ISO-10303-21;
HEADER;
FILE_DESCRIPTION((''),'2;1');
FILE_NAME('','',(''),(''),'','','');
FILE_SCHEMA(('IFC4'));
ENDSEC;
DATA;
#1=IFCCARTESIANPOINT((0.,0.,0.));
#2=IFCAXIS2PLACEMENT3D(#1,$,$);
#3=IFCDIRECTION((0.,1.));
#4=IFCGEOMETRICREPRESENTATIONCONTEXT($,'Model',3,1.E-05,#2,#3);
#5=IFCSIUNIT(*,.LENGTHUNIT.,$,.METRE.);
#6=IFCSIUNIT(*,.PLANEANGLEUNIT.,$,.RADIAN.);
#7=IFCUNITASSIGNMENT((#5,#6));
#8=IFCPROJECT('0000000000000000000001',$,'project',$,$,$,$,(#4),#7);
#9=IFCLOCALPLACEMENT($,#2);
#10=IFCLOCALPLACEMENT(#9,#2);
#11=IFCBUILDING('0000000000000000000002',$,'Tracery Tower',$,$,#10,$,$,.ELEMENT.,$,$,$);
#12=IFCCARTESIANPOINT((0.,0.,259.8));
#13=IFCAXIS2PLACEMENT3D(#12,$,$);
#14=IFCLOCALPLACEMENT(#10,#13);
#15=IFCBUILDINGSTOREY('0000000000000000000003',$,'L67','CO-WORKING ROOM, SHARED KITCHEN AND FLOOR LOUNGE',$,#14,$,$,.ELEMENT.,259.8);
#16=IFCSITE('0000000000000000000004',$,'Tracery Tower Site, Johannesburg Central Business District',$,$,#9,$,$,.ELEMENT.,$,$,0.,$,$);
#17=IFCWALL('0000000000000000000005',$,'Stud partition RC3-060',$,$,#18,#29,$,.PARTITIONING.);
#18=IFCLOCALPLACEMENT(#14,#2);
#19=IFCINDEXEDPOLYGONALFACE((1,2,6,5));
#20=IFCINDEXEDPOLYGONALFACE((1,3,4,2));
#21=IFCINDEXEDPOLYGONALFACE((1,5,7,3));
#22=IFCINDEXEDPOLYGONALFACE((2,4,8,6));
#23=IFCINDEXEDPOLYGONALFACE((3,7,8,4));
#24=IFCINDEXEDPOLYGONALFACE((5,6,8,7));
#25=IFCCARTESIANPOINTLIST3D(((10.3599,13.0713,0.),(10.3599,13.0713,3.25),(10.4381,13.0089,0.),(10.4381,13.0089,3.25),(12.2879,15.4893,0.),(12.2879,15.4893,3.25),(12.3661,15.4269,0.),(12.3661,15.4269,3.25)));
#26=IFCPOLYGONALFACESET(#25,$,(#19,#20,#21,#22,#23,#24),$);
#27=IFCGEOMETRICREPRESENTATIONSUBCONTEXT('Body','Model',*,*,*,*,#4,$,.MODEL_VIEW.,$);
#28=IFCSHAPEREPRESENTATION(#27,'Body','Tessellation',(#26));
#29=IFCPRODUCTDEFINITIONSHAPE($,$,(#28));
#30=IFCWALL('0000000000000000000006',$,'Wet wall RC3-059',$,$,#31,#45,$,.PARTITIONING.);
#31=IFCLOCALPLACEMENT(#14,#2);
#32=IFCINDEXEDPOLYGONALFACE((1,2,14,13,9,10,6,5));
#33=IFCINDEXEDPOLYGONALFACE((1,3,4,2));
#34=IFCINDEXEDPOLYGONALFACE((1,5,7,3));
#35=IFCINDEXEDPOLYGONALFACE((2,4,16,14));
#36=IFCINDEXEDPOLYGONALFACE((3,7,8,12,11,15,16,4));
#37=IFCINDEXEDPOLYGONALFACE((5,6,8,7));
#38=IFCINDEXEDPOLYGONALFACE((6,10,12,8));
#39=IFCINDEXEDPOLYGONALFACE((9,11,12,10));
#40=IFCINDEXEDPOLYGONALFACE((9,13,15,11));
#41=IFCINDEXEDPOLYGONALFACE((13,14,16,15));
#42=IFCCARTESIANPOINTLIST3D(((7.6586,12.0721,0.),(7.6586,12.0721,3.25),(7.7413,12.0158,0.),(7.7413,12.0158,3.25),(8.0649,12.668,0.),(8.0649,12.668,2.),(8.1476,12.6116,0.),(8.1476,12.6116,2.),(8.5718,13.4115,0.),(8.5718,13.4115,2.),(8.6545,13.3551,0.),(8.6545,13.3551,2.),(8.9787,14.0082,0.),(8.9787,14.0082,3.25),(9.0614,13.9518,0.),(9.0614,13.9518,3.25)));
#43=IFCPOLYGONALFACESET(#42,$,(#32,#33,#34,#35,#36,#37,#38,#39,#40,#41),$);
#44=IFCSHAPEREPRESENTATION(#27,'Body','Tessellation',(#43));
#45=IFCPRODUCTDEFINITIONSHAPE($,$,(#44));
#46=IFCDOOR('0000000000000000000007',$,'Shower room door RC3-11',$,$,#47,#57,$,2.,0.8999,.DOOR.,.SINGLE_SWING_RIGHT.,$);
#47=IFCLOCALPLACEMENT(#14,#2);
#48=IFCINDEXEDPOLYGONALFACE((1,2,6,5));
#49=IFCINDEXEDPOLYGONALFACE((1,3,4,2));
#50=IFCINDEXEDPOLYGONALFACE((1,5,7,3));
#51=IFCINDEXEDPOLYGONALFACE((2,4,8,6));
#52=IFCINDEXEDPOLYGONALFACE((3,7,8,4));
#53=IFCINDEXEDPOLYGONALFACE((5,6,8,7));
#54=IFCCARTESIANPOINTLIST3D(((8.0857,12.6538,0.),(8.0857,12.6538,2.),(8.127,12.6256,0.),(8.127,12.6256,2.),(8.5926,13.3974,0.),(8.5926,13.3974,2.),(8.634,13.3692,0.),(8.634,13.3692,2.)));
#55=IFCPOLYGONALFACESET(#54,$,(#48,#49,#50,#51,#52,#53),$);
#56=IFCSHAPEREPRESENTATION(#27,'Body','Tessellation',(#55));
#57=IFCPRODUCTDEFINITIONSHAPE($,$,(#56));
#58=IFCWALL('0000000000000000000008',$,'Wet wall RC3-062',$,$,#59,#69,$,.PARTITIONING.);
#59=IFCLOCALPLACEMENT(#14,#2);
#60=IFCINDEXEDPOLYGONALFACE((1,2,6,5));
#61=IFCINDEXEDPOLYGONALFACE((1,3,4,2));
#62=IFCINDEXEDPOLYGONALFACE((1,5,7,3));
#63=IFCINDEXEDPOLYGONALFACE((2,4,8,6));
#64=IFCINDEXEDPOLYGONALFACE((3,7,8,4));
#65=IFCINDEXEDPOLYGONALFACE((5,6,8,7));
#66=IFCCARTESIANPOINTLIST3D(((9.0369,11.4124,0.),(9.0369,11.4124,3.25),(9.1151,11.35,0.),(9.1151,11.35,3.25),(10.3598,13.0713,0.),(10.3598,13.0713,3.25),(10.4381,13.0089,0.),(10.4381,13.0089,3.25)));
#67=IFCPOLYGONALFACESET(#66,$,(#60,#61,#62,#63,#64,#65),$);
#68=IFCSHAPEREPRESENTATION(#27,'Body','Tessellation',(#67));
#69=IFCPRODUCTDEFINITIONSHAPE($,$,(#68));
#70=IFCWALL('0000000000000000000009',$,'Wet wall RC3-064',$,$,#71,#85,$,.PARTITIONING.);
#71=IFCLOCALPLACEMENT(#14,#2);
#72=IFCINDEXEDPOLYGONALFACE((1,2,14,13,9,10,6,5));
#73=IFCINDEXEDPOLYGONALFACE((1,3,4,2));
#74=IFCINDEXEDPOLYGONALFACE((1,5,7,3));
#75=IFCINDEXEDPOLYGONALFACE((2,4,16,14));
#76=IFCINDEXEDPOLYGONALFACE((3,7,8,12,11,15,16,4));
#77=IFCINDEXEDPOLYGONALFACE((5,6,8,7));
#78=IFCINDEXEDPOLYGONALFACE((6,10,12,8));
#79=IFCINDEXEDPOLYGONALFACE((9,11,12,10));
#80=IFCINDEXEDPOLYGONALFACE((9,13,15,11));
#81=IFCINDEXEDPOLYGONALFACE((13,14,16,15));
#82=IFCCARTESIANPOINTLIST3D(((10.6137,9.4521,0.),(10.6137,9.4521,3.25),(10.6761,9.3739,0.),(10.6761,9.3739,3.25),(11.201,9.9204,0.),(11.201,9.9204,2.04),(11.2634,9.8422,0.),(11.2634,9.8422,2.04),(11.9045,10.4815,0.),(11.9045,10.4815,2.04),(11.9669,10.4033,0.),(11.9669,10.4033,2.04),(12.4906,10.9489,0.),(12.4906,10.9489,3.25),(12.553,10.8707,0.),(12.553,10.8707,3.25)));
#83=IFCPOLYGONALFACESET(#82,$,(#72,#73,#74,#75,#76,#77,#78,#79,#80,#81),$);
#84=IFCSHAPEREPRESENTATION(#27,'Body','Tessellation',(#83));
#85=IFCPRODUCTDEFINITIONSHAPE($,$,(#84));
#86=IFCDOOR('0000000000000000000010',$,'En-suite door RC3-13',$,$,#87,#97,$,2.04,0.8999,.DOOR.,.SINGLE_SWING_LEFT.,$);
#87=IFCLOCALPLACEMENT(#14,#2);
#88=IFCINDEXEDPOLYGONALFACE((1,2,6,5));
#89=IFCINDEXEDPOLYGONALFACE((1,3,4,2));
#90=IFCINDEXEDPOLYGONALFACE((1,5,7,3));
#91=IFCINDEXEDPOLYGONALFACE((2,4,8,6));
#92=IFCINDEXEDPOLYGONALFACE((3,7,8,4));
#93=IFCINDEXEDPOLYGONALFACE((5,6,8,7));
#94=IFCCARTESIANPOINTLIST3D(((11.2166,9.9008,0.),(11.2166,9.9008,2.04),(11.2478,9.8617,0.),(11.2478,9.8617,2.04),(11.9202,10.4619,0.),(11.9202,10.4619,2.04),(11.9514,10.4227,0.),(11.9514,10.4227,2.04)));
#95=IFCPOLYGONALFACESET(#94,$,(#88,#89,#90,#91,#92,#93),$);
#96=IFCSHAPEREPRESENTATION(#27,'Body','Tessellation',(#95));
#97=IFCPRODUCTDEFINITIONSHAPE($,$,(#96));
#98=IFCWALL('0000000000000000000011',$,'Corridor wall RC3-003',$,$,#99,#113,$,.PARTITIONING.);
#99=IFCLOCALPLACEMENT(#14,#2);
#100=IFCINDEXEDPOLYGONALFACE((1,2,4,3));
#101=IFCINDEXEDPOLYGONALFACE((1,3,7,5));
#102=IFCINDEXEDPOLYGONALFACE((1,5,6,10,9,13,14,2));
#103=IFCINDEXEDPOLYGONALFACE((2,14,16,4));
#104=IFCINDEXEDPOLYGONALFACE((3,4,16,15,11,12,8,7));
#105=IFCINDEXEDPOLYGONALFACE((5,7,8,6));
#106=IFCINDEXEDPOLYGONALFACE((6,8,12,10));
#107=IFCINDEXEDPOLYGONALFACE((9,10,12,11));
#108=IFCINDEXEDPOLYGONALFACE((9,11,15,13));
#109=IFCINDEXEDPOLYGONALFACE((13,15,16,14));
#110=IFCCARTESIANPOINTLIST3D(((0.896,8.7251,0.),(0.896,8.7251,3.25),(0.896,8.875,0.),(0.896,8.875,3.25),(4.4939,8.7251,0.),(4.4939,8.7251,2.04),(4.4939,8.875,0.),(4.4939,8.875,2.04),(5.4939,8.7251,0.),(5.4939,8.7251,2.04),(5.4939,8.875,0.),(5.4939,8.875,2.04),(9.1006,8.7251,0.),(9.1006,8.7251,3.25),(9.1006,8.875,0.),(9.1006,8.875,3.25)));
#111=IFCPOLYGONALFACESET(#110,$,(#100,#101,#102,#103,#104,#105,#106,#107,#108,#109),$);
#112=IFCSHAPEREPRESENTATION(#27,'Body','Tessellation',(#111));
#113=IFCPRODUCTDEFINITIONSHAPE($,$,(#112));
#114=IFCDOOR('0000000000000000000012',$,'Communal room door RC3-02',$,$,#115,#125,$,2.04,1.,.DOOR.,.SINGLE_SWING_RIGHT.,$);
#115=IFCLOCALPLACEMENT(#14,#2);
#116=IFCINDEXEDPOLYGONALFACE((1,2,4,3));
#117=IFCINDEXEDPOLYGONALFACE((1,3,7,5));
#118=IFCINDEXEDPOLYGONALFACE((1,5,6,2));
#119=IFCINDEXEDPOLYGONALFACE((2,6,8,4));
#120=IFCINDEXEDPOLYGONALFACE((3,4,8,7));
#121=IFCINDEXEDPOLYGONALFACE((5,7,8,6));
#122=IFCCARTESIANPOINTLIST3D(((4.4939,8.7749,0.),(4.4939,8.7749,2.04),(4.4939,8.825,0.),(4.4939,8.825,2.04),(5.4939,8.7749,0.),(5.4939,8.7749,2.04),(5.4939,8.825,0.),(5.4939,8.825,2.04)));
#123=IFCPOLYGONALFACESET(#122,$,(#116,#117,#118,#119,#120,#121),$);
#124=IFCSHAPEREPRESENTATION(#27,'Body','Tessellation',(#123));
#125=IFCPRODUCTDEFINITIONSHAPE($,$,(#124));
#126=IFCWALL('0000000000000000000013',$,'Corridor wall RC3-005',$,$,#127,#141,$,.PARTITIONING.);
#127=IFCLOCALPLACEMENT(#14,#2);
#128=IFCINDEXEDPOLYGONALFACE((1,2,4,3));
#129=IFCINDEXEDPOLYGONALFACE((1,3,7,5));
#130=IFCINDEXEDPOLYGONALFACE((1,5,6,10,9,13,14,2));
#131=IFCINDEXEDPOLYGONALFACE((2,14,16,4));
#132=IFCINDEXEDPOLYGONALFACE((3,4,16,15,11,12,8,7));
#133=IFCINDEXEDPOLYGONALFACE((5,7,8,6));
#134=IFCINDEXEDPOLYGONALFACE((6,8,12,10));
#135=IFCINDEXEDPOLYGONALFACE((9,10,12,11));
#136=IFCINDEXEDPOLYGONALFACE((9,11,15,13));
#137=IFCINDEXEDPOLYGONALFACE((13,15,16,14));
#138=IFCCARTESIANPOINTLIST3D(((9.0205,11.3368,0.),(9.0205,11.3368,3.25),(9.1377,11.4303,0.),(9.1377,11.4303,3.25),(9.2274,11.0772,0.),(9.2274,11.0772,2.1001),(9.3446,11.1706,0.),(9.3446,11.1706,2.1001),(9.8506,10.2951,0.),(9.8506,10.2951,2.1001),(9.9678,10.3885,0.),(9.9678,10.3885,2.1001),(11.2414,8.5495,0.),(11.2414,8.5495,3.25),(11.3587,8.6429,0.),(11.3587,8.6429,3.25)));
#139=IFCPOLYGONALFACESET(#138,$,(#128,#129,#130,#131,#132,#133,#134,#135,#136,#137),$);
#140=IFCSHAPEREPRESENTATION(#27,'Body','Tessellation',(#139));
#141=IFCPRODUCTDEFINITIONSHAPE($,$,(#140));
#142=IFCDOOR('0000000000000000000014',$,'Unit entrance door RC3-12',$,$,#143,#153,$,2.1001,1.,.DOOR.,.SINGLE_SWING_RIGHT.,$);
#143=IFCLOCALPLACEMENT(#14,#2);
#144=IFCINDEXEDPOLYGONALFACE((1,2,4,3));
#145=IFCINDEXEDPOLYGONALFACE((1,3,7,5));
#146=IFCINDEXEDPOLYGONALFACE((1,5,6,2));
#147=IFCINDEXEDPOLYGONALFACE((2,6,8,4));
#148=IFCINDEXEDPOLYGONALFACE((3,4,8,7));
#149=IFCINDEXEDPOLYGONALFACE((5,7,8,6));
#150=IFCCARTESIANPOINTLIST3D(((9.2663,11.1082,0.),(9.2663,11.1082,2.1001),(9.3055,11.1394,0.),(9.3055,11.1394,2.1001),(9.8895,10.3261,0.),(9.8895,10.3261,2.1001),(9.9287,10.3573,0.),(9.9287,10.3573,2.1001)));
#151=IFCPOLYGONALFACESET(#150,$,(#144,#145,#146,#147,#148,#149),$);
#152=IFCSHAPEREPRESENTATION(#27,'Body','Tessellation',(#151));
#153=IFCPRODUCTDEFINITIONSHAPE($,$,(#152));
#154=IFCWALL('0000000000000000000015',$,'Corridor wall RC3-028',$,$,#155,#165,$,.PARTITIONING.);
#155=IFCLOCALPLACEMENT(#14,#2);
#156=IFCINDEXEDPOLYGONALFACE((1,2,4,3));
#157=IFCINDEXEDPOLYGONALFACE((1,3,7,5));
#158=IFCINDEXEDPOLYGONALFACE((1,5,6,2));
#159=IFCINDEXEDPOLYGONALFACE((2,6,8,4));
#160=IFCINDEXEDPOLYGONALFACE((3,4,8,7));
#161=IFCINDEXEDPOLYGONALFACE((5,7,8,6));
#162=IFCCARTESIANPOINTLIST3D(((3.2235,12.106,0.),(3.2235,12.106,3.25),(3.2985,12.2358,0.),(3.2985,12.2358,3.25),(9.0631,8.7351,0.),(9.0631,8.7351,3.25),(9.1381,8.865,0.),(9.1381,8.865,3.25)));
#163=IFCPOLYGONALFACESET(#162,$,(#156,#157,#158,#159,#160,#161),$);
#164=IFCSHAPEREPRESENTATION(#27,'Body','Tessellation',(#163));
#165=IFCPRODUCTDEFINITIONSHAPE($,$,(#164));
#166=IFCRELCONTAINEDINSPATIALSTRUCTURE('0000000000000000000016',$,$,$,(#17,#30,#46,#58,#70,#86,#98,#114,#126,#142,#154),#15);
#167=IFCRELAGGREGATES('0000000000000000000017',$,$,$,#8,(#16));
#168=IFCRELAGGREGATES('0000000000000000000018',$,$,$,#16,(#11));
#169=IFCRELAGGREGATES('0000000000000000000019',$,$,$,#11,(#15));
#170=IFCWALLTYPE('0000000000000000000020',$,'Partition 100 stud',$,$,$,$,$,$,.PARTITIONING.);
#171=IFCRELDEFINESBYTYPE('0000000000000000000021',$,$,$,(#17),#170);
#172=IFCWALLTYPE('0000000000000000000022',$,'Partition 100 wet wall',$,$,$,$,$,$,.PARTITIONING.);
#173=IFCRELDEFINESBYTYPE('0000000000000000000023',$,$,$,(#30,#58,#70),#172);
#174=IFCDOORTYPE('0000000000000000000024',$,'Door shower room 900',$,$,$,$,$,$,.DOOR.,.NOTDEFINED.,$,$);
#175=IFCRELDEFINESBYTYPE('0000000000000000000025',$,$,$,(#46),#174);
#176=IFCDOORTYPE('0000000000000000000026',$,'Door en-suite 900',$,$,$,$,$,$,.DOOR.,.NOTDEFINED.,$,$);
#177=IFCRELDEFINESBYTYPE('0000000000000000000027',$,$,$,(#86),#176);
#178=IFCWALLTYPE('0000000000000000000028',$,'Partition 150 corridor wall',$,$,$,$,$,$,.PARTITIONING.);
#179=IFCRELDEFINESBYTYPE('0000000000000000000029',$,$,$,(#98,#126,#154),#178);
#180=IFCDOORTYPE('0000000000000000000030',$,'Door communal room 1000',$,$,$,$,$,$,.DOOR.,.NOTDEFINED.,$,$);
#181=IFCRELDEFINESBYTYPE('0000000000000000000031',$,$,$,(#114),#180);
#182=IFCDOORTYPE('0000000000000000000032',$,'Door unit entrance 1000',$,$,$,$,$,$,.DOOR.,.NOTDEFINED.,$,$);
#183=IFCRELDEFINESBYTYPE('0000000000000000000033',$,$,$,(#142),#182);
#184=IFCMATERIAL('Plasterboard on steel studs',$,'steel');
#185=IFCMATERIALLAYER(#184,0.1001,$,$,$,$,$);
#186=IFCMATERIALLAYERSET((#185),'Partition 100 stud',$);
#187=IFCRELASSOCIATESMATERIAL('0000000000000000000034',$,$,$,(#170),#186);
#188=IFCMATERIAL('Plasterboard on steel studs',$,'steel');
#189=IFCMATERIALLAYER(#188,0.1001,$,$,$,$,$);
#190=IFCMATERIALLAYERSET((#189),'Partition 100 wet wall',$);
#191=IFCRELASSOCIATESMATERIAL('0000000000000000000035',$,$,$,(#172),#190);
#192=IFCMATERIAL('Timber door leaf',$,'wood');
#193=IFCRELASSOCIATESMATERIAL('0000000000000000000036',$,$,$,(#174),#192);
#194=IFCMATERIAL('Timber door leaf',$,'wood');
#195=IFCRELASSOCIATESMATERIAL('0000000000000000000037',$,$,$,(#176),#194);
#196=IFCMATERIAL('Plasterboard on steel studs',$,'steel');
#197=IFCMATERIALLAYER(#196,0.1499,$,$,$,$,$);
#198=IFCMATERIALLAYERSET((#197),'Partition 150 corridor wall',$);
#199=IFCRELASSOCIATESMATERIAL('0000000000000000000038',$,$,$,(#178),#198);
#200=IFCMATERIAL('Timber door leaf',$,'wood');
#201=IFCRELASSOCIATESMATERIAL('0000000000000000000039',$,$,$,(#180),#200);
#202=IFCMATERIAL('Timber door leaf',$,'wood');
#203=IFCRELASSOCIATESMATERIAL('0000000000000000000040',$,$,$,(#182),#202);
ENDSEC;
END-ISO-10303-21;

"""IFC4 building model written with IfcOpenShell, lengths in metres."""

from ifc_helpers import new_model, si_unit, direction, frame, frame_2d, origin, place, context, subcontext, project, spatial, rectangle, extrude, material, layer, layer_set, type_object, element, fill, save


model = new_model("IFC4")

# Units and contexts
model_context = context("Model", 3, precision=1e-05, world=origin(), true_north=direction((0.0, 1.0)))
body_context = subcontext(model_context, "Body", "Model", "MODEL_VIEW")
ifc_project = project(units=[si_unit("LENGTHUNIT", "METRE"), si_unit("PLANEANGLEUNIT", "RADIAN")], contexts=[model_context])

# Site, building, storey
site_placement = place(None, origin())
site = spatial("IfcSite", under=ifc_project, at=site_placement, Name="Tracery Tower Site, Johannesburg Central Business District", CompositionType="ELEMENT", RefElevation=0.0)
building_placement = place(site_placement, origin())
building = spatial("IfcBuilding", under=site, at=building_placement, Name="Tracery Tower", CompositionType="ELEMENT")
storey_placement = place(building_placement, frame((0.0, 0.0, 259.8)))
storey = spatial("IfcBuildingStorey", under=building, at=storey_placement, Name="L67", Description="CO-WORKING ROOM, SHARED KITCHEN AND FLOOR LOUNGE", CompositionType="ELEMENT", Elevation=259.8)

# Wall
ifc_material_1 = material(Name="Plasterboard on steel studs", Category="steel")
ifc_layer_1 = layer(ifc_material_1, 0.1001)
ifc_layer_set_1 = layer_set([ifc_layer_1], Name="Partition 100 stud")
wall_type_1 = type_object("IfcWallType", Name="Partition 100 stud", PredefinedType="PARTITIONING", material=ifc_layer_set_1)
wall_1_placement = place(storey_placement, frame((10.3989, 13.04, 0.0), z_axis=(0.0, 0.0, 1.0), x_axis=(0.623433, 0.781877, 0.0)))
element("IfcWall", 1, at=wall_1_placement, inside=storey, type_object=wall_type_1, Name="Stud partition RC3-060", PredefinedType="PARTITIONING", context=body_context, shape_type="SweptSolid", body=[
    extrude(rectangle(XDim=3.0925, YDim=0.1001, at=frame_2d((1.5464, 0.0))), origin(), (0.0, 0.0, 1.0), 3.25),
])

# Wall, opening, door
ifc_material_2 = material(Name="Plasterboard on steel studs", Category="steel")
ifc_layer_2 = layer(ifc_material_2, 0.1001)
ifc_layer_set_2 = layer_set([ifc_layer_2], Name="Partition 100 wet wall")
wall_type_2 = type_object("IfcWallType", Name="Partition 100 wet wall", PredefinedType="PARTITIONING", material=ifc_layer_set_2)
wall_2_placement = place(storey_placement, frame((7.7, 12.0439, 0.0), z_axis=(0.0, 0.0, 1.0), x_axis=(0.56335, 0.826219, 0.0)))
wall_2 = element("IfcWall", 2, at=wall_2_placement, inside=storey, type_object=wall_type_2, Name="Wet wall RC3-059", PredefinedType="PARTITIONING", context=body_context, shape_type="SweptSolid", body=[
    extrude(rectangle(XDim=2.3433, YDim=0.1001, at=frame_2d((1.1716, 0.0))), origin(), (0.0, 0.0, 1.0), 3.25),
])
opening_1_placement = place(wall_2_placement, frame((0.7212, 0.0, 0.0)))
opening_1 = element("IfcOpeningElement", 3, at=opening_1_placement, cuts=wall_2, PredefinedType="OPENING", context=body_context, shape_type="SweptSolid", body=[
    extrude(rectangle(XDim=0.8999, YDim=2.0, at=frame_2d((0.45, 1.0))), frame((0.0, 0.05, 0.0), z_axis=(0.0, -1.0, 0.0), x_axis=(1.0, 0.0, 0.0)), (0.0, 0.0, 1.0), 0.1001),
])
ifc_material_3 = material(Name="Timber door leaf", Category="wood")
door_type_1 = type_object("IfcDoorType", Name="Door shower room 900", OperationType="NOTDEFINED", PredefinedType="DOOR", material=ifc_material_3)
door_1_placement = place(opening_1_placement, origin())
door_1 = element("IfcDoor", 4, at=door_1_placement, inside=storey, type_object=door_type_1, Name="Shower room door RC3-11", OperationType="SINGLE_SWING_RIGHT", OverallHeight=2.0, OverallWidth=0.8999, PredefinedType="DOOR", context=body_context, shape_type="SweptSolid", body=[
    extrude(rectangle(XDim=0.8999, YDim=2.0, at=frame_2d((0.45, 1.0))), frame((0.0, 0.0249, 0.0), z_axis=(0.0, -1.0, 0.0), x_axis=(1.0, 0.0, 0.0)), (0.0, 0.0, 1.0), 0.05),
])
fill(opening_1, door_1)

# Wall
wall_3_placement = place(storey_placement, frame((9.0759, 11.3811, 0.0), z_axis=(0.0, 0.0, 1.0), x_axis=(0.623502, 0.781822, 0.0)))
element("IfcWall", 5, at=wall_3_placement, inside=storey, type_object=wall_type_2, Name="Wet wall RC3-062", PredefinedType="PARTITIONING", context=body_context, shape_type="SweptSolid", body=[
    extrude(rectangle(XDim=2.1218, YDim=0.1001, at=frame_2d((1.061, 0.0))), origin(), (0.0, 0.0, 1.0), 3.25),
])

# Walls, openings, doors
wall_4_placement = place(storey_placement, frame((10.645, 9.4131, 0.0), z_axis=(0.0, 0.0, 1.0), x_axis=(0.78183, 0.623491, 0.0)))
wall_4 = element("IfcWall", 6, at=wall_4_placement, inside=storey, type_object=wall_type_2, Name="Wet wall RC3-064", PredefinedType="PARTITIONING", context=body_context, shape_type="SweptSolid", body=[
    extrude(rectangle(XDim=2.4006, YDim=0.1001, at=frame_2d((1.2002, 0.0))), origin(), (0.0, 0.0, 1.0), 3.25),
])
opening_2_placement = place(wall_4_placement, frame((0.751, 0.0, 0.0)))
opening_2 = element("IfcOpeningElement", 7, at=opening_2_placement, cuts=wall_4, PredefinedType="OPENING", context=body_context, shape_type="SweptSolid", body=[
    extrude(rectangle(XDim=0.8999, YDim=2.04, at=frame_2d((0.45, 1.02))), frame((0.0, 0.05, 0.0), z_axis=(0.0, -1.0, 0.0), x_axis=(1.0, 0.0, 0.0)), (0.0, 0.0, 1.0), 0.1001),
])
ifc_material_4 = material(Name="Timber door leaf", Category="wood")
door_type_2 = type_object("IfcDoorType", Name="Door en-suite 900", OperationType="NOTDEFINED", PredefinedType="DOOR", material=ifc_material_4)
door_2_placement = place(opening_2_placement, origin())
door_2 = element("IfcDoor", 8, at=door_2_placement, inside=storey, type_object=door_type_2, Name="En-suite door RC3-13", OperationType="SINGLE_SWING_LEFT", OverallHeight=2.04, OverallWidth=0.8999, PredefinedType="DOOR", context=body_context, shape_type="SweptSolid", body=[
    extrude(rectangle(XDim=0.8999, YDim=2.04, at=frame_2d((0.45, 1.02))), frame((0.0, 0.0249, 0.0), z_axis=(0.0, -1.0, 0.0), x_axis=(1.0, 0.0, 0.0)), (0.0, 0.0, 1.0), 0.05),
])
fill(opening_2, door_2)
ifc_material_5 = material(Name="Plasterboard on steel studs", Category="steel")
ifc_layer_3 = layer(ifc_material_5, 0.1499)
ifc_layer_set_3 = layer_set([ifc_layer_3], Name="Partition 150 corridor wall")
wall_type_3 = type_object("IfcWallType", Name="Partition 150 corridor wall", PredefinedType="PARTITIONING", material=ifc_layer_set_3)
wall_5_placement = place(storey_placement, frame((0.896, 8.8, 0.0), z_axis=(0.0, 0.0, 1.0), x_axis=(1.0, 0.0, 0.0)))
wall_5 = element("IfcWall", 9, at=wall_5_placement, inside=storey, type_object=wall_type_3, Name="Corridor wall RC3-003", PredefinedType="PARTITIONING", context=body_context, shape_type="SweptSolid", body=[
    extrude(rectangle(XDim=8.2046, YDim=0.1499, at=frame_2d((4.1023, 0.0))), origin(), (0.0, 0.0, 1.0), 3.25),
])
opening_3_placement = place(wall_5_placement, frame((3.5979, 0.0, 0.0)))
opening_3 = element("IfcOpeningElement", 10, at=opening_3_placement, cuts=wall_5, PredefinedType="OPENING", context=body_context, shape_type="SweptSolid", body=[
    extrude(rectangle(XDim=1.0, YDim=2.04, at=frame_2d((0.5, 1.02))), frame((0.0, 0.075, 0.0), z_axis=(0.0, -1.0, 0.0), x_axis=(1.0, 0.0, 0.0)), (0.0, 0.0, 1.0), 0.1499),
])
ifc_material_6 = material(Name="Timber door leaf", Category="wood")
door_type_3 = type_object("IfcDoorType", Name="Door communal room 1000", OperationType="NOTDEFINED", PredefinedType="DOOR", material=ifc_material_6)
door_3_placement = place(opening_3_placement, origin())
door_3 = element("IfcDoor", 11, at=door_3_placement, inside=storey, type_object=door_type_3, Name="Communal room door RC3-02", OperationType="SINGLE_SWING_RIGHT", OverallHeight=2.04, OverallWidth=1.0, PredefinedType="DOOR", context=body_context, shape_type="SweptSolid", body=[
    extrude(rectangle(XDim=1.0, YDim=2.04, at=frame_2d((0.5, 1.02))), frame((0.0, 0.0249, 0.0), z_axis=(0.0, -1.0, 0.0), x_axis=(1.0, 0.0, 0.0)), (0.0, 0.0, 1.0), 0.05),
])
fill(opening_3, door_3)
wall_6_placement = place(storey_placement, frame((9.0791, 11.3835, 0.0), z_axis=(0.0, 0.0, 1.0), x_axis=(0.623165, -0.78209, 0.0)))
wall_6 = element("IfcWall", 12, at=wall_6_placement, inside=storey, type_object=wall_type_3, Name="Corridor wall RC3-005", PredefinedType="PARTITIONING", context=body_context, shape_type="SweptSolid", body=[
    extrude(rectangle(XDim=3.564, YDim=0.1499, at=frame_2d((1.782, 0.0))), origin(), (0.0, 0.0, 1.0), 3.25),
])
opening_4_placement = place(wall_6_placement, frame((0.332, 0.0, 0.0)))
opening_4 = element("IfcOpeningElement", 13, at=opening_4_placement, cuts=wall_6, PredefinedType="OPENING", context=body_context, shape_type="SweptSolid", body=[
    extrude(rectangle(XDim=1.0, YDim=2.1001, at=frame_2d((0.5, 1.05))), frame((0.0, 0.075, 0.0), z_axis=(0.0, -1.0, 0.0), x_axis=(1.0, 0.0, 0.0)), (0.0, 0.0, 1.0), 0.1499),
])
ifc_material_7 = material(Name="Timber door leaf", Category="wood")
door_type_4 = type_object("IfcDoorType", Name="Door unit entrance 1000", OperationType="NOTDEFINED", PredefinedType="DOOR", material=ifc_material_7)
door_4_placement = place(opening_4_placement, origin())
door_4 = element("IfcDoor", 14, at=door_4_placement, inside=storey, type_object=door_type_4, Name="Unit entrance door RC3-12", OperationType="SINGLE_SWING_RIGHT", OverallHeight=2.1001, OverallWidth=1.0, PredefinedType="DOOR", context=body_context, shape_type="SweptSolid", body=[
    extrude(rectangle(XDim=1.0, YDim=2.1001, at=frame_2d((0.5, 1.05))), frame((0.0, 0.0249, 0.0), z_axis=(0.0, -1.0, 0.0), x_axis=(1.0, 0.0, 0.0)), (0.0, 0.0, 1.0), 0.05),
])
fill(opening_4, door_4)

# Wall
wall_7_placement = place(storey_placement, frame((3.261, 12.1709, 0.0), z_axis=(0.0, 0.0, 1.0), x_axis=(0.866067, -0.499928, 0.0)))
element("IfcWall", 15, at=wall_7_placement, inside=storey, type_object=wall_type_3, Name="Corridor wall RC3-028", PredefinedType="PARTITIONING", context=body_context, shape_type="SweptSolid", body=[
    extrude(rectangle(XDim=6.7427, YDim=0.1499, at=frame_2d((3.3713, 0.0))), origin(), (0.0, 0.0, 1.0), 3.25),
])

save(model, "model.ifc")
